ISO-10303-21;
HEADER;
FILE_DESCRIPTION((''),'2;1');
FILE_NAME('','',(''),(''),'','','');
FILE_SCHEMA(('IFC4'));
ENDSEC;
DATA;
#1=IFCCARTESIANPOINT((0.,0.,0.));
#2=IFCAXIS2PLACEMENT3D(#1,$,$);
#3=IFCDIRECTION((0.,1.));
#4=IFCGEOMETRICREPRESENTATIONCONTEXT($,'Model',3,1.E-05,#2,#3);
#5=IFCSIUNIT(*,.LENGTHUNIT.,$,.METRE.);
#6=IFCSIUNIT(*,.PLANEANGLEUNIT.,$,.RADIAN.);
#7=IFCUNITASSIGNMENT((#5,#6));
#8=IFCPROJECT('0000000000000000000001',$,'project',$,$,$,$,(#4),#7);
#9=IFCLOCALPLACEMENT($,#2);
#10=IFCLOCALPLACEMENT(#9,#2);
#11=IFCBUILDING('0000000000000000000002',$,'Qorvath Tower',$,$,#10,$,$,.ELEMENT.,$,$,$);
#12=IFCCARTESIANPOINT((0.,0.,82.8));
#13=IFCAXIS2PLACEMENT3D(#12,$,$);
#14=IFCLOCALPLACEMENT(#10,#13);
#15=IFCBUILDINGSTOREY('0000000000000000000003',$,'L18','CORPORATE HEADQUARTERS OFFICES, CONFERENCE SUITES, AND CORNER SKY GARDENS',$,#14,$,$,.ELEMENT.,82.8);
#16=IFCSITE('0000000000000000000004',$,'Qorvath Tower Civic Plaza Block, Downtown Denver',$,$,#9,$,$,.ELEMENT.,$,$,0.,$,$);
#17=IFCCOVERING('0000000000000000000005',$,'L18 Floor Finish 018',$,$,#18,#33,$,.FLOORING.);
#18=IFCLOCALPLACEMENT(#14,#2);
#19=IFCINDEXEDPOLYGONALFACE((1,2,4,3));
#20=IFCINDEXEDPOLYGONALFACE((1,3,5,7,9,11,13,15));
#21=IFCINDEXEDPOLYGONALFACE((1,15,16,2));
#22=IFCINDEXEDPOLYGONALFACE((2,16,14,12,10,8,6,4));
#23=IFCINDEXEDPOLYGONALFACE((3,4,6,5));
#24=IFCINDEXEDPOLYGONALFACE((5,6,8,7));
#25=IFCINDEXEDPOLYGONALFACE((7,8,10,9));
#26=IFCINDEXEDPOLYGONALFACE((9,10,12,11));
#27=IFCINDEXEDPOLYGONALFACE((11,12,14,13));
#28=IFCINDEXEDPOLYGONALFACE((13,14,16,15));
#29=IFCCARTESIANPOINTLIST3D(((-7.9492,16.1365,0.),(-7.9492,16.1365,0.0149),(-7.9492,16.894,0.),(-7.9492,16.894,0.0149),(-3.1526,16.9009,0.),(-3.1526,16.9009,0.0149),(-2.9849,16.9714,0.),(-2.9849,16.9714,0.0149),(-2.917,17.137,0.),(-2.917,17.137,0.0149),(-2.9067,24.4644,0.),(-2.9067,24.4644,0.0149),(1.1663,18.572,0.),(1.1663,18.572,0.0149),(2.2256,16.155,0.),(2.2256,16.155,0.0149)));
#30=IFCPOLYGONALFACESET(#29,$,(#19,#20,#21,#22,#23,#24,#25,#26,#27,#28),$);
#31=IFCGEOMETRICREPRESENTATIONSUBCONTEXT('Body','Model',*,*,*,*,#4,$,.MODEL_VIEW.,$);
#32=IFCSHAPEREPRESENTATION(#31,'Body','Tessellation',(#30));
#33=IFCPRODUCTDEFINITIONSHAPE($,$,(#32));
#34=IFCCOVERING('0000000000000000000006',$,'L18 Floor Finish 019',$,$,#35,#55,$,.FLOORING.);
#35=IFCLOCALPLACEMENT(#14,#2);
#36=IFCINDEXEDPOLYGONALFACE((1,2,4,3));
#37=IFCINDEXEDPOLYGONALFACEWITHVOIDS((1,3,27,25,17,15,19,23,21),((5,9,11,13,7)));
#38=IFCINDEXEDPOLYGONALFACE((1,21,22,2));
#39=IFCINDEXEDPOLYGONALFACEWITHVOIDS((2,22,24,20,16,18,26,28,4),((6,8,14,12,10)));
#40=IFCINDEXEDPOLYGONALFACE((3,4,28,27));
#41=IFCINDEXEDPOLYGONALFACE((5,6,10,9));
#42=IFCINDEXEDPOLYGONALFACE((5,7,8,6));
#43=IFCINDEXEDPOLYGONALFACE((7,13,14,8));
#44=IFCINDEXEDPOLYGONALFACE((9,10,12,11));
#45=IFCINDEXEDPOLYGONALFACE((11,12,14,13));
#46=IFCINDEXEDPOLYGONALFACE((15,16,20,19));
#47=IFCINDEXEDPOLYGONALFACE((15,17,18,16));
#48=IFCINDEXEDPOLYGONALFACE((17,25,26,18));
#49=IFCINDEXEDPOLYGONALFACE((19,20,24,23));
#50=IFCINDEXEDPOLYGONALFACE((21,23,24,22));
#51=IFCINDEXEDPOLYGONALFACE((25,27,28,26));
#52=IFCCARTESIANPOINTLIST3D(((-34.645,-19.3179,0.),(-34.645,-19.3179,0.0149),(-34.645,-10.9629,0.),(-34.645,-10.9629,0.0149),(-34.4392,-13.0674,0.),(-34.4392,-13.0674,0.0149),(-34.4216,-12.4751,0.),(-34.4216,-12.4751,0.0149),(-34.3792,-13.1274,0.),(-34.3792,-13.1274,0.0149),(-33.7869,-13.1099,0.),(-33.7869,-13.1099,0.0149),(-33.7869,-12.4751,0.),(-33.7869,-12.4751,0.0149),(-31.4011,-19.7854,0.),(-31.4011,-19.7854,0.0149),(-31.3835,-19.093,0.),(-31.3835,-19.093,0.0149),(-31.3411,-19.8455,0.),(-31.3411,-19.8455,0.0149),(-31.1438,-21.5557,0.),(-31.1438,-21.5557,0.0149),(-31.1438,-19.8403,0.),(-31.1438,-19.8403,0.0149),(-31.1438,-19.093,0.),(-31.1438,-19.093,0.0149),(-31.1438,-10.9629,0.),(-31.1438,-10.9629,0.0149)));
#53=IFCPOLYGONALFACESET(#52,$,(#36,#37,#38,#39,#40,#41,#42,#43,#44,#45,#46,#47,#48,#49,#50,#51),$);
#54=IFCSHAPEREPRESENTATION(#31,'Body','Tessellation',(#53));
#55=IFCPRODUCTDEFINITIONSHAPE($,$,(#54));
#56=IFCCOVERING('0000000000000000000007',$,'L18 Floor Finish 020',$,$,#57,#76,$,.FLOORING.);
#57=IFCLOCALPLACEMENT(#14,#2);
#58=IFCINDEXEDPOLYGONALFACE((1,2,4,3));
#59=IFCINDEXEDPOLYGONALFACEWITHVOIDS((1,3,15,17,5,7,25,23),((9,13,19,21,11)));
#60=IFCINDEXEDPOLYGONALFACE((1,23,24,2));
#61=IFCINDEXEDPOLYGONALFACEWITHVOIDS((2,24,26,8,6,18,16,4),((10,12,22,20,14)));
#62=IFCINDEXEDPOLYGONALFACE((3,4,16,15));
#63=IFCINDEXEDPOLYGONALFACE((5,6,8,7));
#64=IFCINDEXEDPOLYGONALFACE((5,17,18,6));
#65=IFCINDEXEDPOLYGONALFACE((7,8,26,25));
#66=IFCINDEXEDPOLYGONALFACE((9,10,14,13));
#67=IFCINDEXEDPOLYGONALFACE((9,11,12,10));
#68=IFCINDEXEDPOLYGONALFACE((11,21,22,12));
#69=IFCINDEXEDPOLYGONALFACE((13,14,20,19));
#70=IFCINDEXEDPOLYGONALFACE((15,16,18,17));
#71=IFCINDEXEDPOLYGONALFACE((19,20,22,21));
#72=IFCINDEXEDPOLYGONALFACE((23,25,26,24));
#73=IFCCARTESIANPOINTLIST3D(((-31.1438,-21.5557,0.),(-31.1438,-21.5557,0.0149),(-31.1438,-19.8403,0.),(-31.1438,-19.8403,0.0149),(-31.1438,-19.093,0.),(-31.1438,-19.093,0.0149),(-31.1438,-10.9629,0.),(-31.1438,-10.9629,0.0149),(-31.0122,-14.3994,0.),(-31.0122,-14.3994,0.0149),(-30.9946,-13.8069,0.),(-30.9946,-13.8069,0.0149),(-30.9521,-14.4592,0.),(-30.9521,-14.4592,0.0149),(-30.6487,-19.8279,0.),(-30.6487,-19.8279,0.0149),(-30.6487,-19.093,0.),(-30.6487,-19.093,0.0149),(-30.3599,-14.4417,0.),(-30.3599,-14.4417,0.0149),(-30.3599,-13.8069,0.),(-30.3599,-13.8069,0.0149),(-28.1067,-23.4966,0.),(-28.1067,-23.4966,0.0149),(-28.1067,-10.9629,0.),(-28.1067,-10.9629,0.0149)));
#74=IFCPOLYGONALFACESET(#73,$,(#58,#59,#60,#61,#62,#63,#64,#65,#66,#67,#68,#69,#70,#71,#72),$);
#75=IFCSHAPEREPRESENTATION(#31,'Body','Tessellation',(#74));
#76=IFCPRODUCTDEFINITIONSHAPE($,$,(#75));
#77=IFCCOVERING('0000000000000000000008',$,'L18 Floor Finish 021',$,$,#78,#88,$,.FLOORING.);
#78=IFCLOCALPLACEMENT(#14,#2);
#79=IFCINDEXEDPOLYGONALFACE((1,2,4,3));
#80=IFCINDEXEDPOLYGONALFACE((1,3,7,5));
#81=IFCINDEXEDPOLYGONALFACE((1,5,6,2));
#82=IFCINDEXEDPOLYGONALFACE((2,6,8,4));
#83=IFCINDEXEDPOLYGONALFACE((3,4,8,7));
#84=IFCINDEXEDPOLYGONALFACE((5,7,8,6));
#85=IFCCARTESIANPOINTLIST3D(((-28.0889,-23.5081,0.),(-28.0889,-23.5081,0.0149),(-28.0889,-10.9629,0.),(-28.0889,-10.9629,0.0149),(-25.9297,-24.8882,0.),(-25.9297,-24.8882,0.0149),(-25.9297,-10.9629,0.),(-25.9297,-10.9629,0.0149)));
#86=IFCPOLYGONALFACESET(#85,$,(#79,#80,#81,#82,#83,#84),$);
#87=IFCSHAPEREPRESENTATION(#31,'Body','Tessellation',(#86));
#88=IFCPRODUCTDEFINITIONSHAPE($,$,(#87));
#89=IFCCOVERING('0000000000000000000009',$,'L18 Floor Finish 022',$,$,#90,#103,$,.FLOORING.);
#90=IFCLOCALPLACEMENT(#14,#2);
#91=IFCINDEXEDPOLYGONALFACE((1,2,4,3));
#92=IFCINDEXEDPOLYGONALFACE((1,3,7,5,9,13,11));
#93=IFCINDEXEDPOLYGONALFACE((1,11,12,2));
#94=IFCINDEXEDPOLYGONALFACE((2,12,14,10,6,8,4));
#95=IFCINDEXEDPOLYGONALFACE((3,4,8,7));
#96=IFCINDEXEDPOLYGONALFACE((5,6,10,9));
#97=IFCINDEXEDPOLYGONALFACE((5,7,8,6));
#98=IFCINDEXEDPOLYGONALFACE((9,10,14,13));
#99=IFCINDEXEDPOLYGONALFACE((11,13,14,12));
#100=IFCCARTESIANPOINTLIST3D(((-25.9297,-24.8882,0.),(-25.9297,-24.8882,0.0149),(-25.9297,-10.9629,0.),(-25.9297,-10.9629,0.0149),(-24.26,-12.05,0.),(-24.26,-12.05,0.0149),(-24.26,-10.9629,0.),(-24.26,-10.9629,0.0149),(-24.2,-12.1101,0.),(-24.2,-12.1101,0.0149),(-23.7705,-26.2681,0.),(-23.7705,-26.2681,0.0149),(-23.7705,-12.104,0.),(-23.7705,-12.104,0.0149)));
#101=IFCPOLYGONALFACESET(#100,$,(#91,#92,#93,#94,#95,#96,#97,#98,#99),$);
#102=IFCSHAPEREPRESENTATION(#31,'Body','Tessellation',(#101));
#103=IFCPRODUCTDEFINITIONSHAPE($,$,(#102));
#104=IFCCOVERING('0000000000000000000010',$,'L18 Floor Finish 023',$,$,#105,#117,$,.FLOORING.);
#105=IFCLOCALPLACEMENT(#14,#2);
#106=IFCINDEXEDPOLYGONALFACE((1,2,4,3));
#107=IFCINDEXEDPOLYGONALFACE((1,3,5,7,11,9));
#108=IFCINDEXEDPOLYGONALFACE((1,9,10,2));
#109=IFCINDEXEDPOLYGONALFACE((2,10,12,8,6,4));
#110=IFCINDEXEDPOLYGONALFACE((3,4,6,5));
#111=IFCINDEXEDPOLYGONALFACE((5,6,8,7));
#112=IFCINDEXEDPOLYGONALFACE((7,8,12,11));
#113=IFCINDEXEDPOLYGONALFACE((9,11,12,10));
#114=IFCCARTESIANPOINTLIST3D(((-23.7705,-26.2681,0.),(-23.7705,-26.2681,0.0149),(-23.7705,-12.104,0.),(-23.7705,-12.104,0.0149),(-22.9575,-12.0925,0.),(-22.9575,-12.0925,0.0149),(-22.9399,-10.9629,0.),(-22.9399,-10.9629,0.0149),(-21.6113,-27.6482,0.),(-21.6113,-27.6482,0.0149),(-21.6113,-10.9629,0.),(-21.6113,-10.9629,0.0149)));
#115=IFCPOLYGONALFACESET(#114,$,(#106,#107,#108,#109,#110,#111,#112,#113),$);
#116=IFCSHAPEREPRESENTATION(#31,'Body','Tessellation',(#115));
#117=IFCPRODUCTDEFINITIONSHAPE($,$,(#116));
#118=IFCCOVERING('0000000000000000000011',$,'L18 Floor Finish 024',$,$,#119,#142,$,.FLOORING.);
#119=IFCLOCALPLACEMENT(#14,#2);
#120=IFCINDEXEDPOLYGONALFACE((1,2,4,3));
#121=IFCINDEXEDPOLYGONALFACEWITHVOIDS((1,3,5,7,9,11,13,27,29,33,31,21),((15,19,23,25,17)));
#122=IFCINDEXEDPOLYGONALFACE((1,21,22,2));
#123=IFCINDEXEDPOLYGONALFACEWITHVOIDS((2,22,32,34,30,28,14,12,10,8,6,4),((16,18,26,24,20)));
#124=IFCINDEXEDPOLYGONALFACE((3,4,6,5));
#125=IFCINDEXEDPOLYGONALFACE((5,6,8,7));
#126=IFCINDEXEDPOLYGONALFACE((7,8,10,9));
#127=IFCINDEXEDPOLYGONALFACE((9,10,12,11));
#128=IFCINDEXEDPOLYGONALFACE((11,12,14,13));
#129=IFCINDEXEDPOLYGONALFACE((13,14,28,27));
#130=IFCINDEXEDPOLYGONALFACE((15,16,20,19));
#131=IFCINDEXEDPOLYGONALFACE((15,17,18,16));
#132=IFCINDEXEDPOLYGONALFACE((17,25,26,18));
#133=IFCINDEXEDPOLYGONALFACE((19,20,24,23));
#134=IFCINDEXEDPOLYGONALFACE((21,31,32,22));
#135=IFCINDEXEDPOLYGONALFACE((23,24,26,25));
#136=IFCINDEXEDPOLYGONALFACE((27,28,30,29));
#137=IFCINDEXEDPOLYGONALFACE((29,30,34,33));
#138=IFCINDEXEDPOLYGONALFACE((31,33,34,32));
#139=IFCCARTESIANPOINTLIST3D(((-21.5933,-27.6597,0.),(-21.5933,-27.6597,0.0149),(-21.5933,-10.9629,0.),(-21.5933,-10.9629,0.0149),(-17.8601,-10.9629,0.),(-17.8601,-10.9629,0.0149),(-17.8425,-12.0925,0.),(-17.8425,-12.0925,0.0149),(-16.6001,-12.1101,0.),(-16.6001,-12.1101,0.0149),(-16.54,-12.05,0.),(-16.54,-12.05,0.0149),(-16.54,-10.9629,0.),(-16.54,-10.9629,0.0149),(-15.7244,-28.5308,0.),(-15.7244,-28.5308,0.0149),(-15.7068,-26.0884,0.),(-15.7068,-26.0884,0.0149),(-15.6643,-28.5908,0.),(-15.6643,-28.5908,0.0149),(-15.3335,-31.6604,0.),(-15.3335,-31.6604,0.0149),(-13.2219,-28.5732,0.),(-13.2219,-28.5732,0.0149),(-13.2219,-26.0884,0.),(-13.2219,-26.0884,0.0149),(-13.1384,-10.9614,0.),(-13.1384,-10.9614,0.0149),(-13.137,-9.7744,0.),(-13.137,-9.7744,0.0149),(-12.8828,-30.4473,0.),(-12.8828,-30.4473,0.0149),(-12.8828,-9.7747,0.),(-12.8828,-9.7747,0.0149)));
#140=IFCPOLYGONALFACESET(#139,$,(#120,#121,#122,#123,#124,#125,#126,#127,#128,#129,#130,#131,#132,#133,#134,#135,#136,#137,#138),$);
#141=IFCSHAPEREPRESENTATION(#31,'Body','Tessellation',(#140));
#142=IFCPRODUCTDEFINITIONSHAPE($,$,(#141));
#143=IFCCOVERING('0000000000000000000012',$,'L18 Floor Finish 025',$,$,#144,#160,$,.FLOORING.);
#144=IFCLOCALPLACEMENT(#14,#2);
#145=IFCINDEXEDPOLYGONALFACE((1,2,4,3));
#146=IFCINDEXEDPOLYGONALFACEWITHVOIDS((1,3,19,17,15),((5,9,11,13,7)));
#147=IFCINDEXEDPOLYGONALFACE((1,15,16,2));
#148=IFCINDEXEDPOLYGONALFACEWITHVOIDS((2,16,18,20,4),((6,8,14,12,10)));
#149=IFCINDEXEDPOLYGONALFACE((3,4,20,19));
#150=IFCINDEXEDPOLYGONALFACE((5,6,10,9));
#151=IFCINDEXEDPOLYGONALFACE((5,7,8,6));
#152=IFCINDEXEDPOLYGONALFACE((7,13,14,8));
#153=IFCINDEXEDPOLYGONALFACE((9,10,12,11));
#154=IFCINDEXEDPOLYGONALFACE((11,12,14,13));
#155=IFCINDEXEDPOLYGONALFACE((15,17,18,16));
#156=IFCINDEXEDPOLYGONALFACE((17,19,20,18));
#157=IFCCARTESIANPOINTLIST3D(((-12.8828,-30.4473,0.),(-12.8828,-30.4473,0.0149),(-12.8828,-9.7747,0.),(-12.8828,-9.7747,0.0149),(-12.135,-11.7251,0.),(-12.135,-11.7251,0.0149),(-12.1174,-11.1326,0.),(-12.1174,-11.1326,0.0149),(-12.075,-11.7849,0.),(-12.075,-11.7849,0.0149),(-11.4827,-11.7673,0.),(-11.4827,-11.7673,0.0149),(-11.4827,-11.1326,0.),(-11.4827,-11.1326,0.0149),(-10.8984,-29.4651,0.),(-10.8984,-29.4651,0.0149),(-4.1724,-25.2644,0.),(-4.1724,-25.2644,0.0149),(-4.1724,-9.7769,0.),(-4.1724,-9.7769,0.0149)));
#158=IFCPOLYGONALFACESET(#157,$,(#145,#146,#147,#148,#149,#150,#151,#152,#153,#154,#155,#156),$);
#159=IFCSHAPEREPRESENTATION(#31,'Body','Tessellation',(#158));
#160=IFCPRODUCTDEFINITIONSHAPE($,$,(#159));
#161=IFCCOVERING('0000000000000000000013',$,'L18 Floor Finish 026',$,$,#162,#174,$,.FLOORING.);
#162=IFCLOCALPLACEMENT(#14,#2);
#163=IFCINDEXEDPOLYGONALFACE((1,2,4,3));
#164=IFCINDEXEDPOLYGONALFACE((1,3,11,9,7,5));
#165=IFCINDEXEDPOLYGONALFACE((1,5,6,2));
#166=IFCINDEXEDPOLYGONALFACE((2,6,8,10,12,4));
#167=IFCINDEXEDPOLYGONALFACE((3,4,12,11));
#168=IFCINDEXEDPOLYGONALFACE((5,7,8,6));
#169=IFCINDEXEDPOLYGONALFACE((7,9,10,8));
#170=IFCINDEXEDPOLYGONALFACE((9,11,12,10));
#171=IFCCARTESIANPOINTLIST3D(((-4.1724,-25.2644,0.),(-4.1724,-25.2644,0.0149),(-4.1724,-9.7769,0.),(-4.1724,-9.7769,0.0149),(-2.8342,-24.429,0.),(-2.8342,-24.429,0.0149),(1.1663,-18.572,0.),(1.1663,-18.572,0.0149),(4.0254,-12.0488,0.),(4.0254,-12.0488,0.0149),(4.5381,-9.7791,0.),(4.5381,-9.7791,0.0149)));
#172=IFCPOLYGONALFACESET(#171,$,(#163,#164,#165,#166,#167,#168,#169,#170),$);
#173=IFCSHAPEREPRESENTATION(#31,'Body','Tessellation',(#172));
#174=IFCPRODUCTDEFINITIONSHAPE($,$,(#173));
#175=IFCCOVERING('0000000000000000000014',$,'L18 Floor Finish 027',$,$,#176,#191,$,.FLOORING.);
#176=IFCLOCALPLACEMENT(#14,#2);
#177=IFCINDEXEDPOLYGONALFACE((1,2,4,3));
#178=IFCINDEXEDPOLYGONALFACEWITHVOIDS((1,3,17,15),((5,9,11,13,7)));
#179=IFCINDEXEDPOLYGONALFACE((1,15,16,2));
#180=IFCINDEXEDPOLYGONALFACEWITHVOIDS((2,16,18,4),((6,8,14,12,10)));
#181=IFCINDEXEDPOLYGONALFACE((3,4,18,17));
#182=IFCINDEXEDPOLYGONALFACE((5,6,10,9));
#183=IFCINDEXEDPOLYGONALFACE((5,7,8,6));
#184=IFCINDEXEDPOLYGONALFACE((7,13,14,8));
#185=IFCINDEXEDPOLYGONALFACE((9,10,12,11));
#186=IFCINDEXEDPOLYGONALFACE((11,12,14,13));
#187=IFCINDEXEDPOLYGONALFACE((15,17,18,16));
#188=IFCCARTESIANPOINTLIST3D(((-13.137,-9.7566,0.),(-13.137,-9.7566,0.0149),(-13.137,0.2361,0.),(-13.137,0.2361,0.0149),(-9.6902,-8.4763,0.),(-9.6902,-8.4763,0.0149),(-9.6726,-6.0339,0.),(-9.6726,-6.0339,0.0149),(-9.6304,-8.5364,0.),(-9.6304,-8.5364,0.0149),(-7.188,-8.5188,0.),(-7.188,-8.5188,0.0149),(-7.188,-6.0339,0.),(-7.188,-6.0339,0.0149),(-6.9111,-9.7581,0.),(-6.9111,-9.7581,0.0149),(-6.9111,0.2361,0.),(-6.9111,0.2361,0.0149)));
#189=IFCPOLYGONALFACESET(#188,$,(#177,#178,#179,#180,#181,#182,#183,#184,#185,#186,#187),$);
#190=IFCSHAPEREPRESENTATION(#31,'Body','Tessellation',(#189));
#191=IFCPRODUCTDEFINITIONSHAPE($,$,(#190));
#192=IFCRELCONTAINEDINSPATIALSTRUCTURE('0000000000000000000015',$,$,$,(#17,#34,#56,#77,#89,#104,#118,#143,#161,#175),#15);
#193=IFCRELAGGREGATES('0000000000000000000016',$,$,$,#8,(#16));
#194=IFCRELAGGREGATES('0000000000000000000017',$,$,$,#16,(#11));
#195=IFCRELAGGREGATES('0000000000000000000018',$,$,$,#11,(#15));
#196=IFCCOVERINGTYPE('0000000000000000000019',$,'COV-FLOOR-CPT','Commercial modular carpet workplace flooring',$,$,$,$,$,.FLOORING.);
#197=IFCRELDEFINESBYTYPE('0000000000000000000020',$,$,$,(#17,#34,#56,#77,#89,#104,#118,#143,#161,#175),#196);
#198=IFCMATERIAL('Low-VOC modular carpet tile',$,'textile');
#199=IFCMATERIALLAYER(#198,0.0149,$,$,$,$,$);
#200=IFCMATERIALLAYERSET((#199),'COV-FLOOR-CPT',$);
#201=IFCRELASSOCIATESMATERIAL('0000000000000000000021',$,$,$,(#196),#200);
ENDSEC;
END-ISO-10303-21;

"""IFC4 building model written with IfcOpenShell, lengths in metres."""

from ifc_helpers import new_model, si_unit, direction, frame, origin, place, context, subcontext, project, spatial, polyline, outline, extrude, material, layer, layer_set, type_object, element, save


model = new_model("IFC4")

# Units and contexts
model_context = context("Model", 3, precision=1e-05, world=origin(), true_north=direction((0.0, 1.0)))
body_context = subcontext(model_context, "Body", "Model", "MODEL_VIEW")
ifc_project = project(units=[si_unit("LENGTHUNIT", "METRE"), si_unit("PLANEANGLEUNIT", "RADIAN")], contexts=[model_context])

# Site, building, storey
site_placement = place(None, origin())
site = spatial("IfcSite", under=ifc_project, at=site_placement, Name="Qorvath Tower Civic Plaza Block, Downtown Denver", CompositionType="ELEMENT", RefElevation=0.0)
building_placement = place(site_placement, origin())
building = spatial("IfcBuilding", under=site, at=building_placement, Name="Qorvath Tower", CompositionType="ELEMENT")
storey_placement = place(building_placement, frame((0.0, 0.0, 82.8)))
storey = spatial("IfcBuildingStorey", under=building, at=storey_placement, Name="L18", Description="CORPORATE HEADQUARTERS OFFICES, CONFERENCE SUITES, AND CORNER SKY GARDENS", CompositionType="ELEMENT", Elevation=82.8)

# Coverings
ifc_material_1 = material(Name="Low-VOC modular carpet tile", Category="textile")
ifc_layer_1 = layer(ifc_material_1, 0.0149)
ifc_layer_set_1 = layer_set([ifc_layer_1], Name="COV-FLOOR-CPT")
covering_type_1 = type_object("IfcCoveringType", Name="COV-FLOOR-CPT", Description="Commercial modular carpet workplace flooring", PredefinedType="FLOORING", material=ifc_layer_set_1)
covering_1_placement = place(storey_placement, origin())
element("IfcCovering", 1, at=covering_1_placement, inside=storey, type_object=covering_type_1, Name="L18 Floor Finish 018", PredefinedType="FLOORING", context=body_context, shape_type="SweptSolid", body=[
    extrude(outline(polyline([(-3.1526, 16.9009), (-7.9492, 16.894), (-7.9492, 16.1365), (2.2256, 16.155), (1.1663, 18.572), (-2.9067, 24.4644), (-2.917, 17.137), (-2.9849, 16.9714), (-3.1526, 16.9009)])), origin(), (0.0, 0.0, 1.0), 0.0149),
])
covering_2_placement = place(storey_placement, origin())
element("IfcCovering", 2, at=covering_2_placement, inside=storey, type_object=covering_type_1, Name="L18 Floor Finish 019", PredefinedType="FLOORING", context=body_context, shape_type="SweptSolid", body=[
    extrude(outline(polyline([(-34.645, -10.9629), (-34.645, -19.3179), (-31.1438, -21.5557), (-31.1438, -19.8403), (-31.3411, -19.8455), (-31.4011, -19.7854), (-31.3835, -19.093), (-31.1438, -19.093), (-31.1438, -10.9629), (-34.645, -10.9629)]), holes=[polyline([(-34.4392, -13.0674), (-34.4216, -12.4751), (-33.7869, -12.4751), (-33.7869, -13.1099), (-34.3792, -13.1274), (-34.4392, -13.0674)])]), origin(), (0.0, 0.0, 1.0), 0.0149),
])
covering_3_placement = place(storey_placement, origin())
element("IfcCovering", 3, at=covering_3_placement, inside=storey, type_object=covering_type_1, Name="L18 Floor Finish 020", PredefinedType="FLOORING", context=body_context, shape_type="SweptSolid", body=[
    extrude(outline(polyline([(-31.1438, -10.9629), (-31.1438, -19.093), (-30.6487, -19.093), (-30.6487, -19.8279), (-31.1438, -19.8403), (-31.1438, -21.5557), (-28.1067, -23.4966), (-28.1067, -10.9629), (-31.1438, -10.9629)]), holes=[polyline([(-31.0122, -14.3994), (-30.9946, -13.8069), (-30.3599, -13.8069), (-30.3599, -14.4417), (-30.9521, -14.4592), (-31.0122, -14.3994)])]), origin(), (0.0, 0.0, 1.0), 0.0149),
])
covering_4_placement = place(storey_placement, origin())
element("IfcCovering", 4, at=covering_4_placement, inside=storey, type_object=covering_type_1, Name="L18 Floor Finish 021", PredefinedType="FLOORING", context=body_context, shape_type="SweptSolid", body=[
    extrude(outline(polyline([(-25.9297, -24.8882), (-25.9297, -10.9629), (-28.0889, -10.9629), (-28.0889, -23.5081), (-25.9297, -24.8882)])), origin(), (0.0, 0.0, 1.0), 0.0149),
])
covering_5_placement = place(storey_placement, origin())
element("IfcCovering", 5, at=covering_5_placement, inside=storey, type_object=covering_type_1, Name="L18 Floor Finish 022", PredefinedType="FLOORING", context=body_context, shape_type="SweptSolid", body=[
    extrude(outline(polyline([(-23.7705, -26.2681), (-23.7705, -12.104), (-24.2, -12.1101), (-24.26, -12.05), (-24.26, -10.9629), (-25.9297, -10.9629), (-25.9297, -24.8882), (-23.7705, -26.2681)])), origin(), (0.0, 0.0, 1.0), 0.0149),
])
covering_6_placement = place(storey_placement, origin())
element("IfcCovering", 6, at=covering_6_placement, inside=storey, type_object=covering_type_1, Name="L18 Floor Finish 023", PredefinedType="FLOORING", context=body_context, shape_type="SweptSolid", body=[
    extrude(outline(polyline([(-21.6113, -27.6482), (-21.6113, -10.9629), (-22.9399, -10.9629), (-22.9575, -12.0925), (-23.7705, -12.104), (-23.7705, -26.2681), (-21.6113, -27.6482)])), origin(), (0.0, 0.0, 1.0), 0.0149),
])
covering_7_placement = place(storey_placement, origin())
element("IfcCovering", 7, at=covering_7_placement, inside=storey, type_object=covering_type_1, Name="L18 Floor Finish 024", PredefinedType="FLOORING", context=body_context, shape_type="SweptSolid", body=[
    extrude(outline(polyline([(-21.5933, -27.6597), (-15.3335, -31.6604), (-12.8828, -30.4473), (-12.8828, -9.7747), (-13.137, -9.7744), (-13.1384, -10.9614), (-16.54, -10.9629), (-16.54, -12.05), (-16.6001, -12.1101), (-17.8425, -12.0925), (-17.8601, -10.9629), (-21.5933, -10.9629), (-21.5933, -27.6597)]), holes=[polyline([(-15.7244, -28.5308), (-15.7068, -26.0884), (-13.2219, -26.0884), (-13.2219, -28.5732), (-15.6643, -28.5908), (-15.7244, -28.5308)])]), origin(), (0.0, 0.0, 1.0), 0.0149),
])
covering_8_placement = place(storey_placement, origin())
element("IfcCovering", 8, at=covering_8_placement, inside=storey, type_object=covering_type_1, Name="L18 Floor Finish 025", PredefinedType="FLOORING", context=body_context, shape_type="SweptSolid", body=[
    extrude(outline(polyline([(-12.8828, -9.7747), (-12.8828, -30.4473), (-10.8984, -29.4651), (-4.1724, -25.2644), (-4.1724, -9.7769), (-12.8828, -9.7747)]), holes=[polyline([(-12.135, -11.7251), (-12.1174, -11.1326), (-11.4827, -11.1326), (-11.4827, -11.7673), (-12.075, -11.7849), (-12.135, -11.7251)])]), origin(), (0.0, 0.0, 1.0), 0.0149),
])
covering_9_placement = place(storey_placement, origin())
element("IfcCovering", 9, at=covering_9_placement, inside=storey, type_object=covering_type_1, Name="L18 Floor Finish 026", PredefinedType="FLOORING", context=body_context, shape_type="SweptSolid", body=[
    extrude(outline(polyline([(-4.1724, -9.7769), (-4.1724, -25.2644), (-2.8342, -24.429), (1.1663, -18.572), (4.0254, -12.0488), (4.5381, -9.7791), (-4.1724, -9.7769)])), origin(), (0.0, 0.0, 1.0), 0.0149),
])
covering_10_placement = place(storey_placement, origin())
element("IfcCovering", 10, at=covering_10_placement, inside=storey, type_object=covering_type_1, Name="L18 Floor Finish 027", PredefinedType="FLOORING", context=body_context, shape_type="SweptSolid", body=[
    extrude(outline(polyline([(-6.9111, -9.7581), (-6.9111, 0.2361), (-13.137, 0.2361), (-13.137, -9.7566), (-6.9111, -9.7581)]), holes=[polyline([(-9.6902, -8.4763), (-9.6726, -6.0339), (-7.188, -6.0339), (-7.188, -8.5188), (-9.6304, -8.5364), (-9.6902, -8.4763)])]), origin(), (0.0, 0.0, 1.0), 0.0149),
])

save(model, "model.ifc")
